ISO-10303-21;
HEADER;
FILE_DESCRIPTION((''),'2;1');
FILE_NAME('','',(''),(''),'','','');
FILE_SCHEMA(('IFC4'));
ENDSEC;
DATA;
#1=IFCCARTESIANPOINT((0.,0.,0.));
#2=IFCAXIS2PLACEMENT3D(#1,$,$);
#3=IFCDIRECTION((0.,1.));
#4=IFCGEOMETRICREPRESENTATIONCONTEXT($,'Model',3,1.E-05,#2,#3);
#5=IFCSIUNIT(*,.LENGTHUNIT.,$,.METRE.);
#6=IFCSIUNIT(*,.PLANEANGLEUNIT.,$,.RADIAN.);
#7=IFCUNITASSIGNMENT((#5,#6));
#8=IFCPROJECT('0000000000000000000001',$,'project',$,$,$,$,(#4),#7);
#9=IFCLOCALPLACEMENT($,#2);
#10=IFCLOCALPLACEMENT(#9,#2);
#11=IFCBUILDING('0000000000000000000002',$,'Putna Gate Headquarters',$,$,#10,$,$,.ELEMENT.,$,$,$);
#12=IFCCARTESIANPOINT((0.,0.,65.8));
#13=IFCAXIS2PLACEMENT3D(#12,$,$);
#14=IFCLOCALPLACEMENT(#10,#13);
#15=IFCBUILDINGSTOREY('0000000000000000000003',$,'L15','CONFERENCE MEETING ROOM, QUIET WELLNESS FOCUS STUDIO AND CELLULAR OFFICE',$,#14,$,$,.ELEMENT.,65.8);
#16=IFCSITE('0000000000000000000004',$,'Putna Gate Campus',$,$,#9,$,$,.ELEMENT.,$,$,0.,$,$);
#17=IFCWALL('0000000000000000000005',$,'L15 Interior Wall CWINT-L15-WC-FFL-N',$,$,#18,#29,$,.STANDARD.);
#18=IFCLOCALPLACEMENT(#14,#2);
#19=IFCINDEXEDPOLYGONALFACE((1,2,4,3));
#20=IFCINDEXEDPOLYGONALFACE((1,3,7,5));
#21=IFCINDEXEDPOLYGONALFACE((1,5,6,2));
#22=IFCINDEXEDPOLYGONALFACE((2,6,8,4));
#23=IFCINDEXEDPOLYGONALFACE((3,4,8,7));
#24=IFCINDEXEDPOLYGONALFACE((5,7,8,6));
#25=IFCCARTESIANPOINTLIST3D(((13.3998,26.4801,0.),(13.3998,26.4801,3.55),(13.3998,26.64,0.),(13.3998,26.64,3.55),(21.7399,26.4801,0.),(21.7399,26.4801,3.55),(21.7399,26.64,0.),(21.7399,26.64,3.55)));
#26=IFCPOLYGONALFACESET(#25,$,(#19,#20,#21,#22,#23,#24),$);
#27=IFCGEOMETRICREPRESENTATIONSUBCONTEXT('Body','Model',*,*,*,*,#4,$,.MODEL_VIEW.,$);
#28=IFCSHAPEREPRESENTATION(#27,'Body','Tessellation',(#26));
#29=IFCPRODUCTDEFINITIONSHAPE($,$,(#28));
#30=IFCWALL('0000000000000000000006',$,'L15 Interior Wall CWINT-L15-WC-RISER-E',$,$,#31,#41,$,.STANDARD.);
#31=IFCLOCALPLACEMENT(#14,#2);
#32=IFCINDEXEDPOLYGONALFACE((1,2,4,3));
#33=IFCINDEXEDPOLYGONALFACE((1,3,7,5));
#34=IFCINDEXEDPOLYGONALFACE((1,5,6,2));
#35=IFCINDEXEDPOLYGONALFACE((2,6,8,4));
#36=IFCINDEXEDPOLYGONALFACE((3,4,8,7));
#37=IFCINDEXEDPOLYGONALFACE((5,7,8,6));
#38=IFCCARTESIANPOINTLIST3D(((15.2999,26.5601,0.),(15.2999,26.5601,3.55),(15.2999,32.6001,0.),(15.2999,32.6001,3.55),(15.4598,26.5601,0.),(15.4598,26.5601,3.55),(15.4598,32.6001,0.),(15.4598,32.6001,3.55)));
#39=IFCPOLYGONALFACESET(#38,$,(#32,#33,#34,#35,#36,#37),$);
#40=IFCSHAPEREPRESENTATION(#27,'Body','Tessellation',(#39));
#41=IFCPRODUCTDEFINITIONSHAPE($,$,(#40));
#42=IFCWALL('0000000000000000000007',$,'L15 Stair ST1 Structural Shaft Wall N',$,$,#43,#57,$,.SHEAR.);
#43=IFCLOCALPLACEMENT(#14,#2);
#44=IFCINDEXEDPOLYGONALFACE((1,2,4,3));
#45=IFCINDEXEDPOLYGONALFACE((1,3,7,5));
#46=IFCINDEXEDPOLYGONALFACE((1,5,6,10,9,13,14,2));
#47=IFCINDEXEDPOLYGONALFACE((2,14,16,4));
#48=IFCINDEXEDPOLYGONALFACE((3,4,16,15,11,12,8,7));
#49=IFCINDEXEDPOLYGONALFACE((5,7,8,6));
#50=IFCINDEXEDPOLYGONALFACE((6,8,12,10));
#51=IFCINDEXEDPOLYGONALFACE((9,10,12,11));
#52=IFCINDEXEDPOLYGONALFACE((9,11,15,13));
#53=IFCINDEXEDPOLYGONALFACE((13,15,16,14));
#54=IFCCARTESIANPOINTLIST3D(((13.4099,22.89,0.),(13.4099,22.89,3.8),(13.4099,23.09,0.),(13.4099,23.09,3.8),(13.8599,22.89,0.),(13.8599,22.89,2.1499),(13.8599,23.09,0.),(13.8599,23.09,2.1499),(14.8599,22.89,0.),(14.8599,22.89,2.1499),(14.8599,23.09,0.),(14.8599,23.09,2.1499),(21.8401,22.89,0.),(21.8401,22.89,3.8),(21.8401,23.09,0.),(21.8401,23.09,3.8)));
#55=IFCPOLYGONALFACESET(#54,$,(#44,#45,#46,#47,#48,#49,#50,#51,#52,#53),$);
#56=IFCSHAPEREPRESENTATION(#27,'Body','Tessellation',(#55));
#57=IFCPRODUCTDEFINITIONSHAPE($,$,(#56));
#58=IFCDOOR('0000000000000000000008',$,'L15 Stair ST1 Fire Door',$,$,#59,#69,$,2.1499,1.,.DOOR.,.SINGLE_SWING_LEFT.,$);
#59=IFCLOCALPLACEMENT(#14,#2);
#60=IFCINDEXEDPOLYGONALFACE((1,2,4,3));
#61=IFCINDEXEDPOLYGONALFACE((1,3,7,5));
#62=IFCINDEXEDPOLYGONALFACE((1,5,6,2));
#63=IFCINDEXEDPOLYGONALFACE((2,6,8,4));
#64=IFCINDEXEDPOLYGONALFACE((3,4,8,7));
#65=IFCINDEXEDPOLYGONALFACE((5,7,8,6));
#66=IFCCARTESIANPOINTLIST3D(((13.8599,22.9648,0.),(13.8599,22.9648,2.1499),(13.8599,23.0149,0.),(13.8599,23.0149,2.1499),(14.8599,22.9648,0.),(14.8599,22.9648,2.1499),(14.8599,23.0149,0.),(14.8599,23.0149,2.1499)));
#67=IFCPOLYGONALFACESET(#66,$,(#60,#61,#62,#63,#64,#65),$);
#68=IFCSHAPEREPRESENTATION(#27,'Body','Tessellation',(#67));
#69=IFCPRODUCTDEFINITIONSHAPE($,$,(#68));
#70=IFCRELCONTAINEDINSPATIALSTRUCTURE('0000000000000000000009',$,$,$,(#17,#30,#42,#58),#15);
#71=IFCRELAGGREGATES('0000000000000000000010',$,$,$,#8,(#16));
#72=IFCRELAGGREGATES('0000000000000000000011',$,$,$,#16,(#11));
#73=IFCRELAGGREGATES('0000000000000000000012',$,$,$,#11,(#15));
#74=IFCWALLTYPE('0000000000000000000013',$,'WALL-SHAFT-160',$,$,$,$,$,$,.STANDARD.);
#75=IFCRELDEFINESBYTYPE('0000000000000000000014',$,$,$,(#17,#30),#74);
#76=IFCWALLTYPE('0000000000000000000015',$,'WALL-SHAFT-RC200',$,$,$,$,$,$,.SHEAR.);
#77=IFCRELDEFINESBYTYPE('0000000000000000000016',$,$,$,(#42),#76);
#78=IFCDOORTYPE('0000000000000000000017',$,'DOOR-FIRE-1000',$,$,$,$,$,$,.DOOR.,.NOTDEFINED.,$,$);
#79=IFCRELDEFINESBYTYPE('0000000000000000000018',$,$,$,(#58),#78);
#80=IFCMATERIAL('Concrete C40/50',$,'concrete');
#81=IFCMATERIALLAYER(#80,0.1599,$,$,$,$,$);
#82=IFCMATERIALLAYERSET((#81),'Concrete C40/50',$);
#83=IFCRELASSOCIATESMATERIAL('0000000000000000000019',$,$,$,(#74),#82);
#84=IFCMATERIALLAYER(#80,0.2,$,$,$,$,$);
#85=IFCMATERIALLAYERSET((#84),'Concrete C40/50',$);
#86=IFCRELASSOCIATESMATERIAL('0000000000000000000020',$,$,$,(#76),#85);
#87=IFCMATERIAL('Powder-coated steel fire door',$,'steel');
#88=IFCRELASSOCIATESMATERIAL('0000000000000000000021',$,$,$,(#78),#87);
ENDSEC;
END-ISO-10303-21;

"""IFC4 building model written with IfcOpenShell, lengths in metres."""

from ifc_helpers import new_model, si_unit, direction, frame, frame_2d, origin, place, context, subcontext, project, spatial, rectangle, extrude, material, layer, layer_set, type_object, element, fill, save


model = new_model("IFC4")

# Units and contexts
model_context = context("Model", 3, precision=1e-05, world=origin(), true_north=direction((0.0, 1.0)))
body_context = subcontext(model_context, "Body", "Model", "MODEL_VIEW")
ifc_project = project(units=[si_unit("LENGTHUNIT", "METRE"), si_unit("PLANEANGLEUNIT", "RADIAN")], contexts=[model_context])

# Site, building, storey
site_placement = place(None, origin())
site = spatial("IfcSite", under=ifc_project, at=site_placement, Name="Putna Gate Campus", CompositionType="ELEMENT", RefElevation=0.0)
building_placement = place(site_placement, origin())
building = spatial("IfcBuilding", under=site, at=building_placement, Name="Putna Gate Headquarters", CompositionType="ELEMENT")
storey_placement = place(building_placement, frame((0.0, 0.0, 65.8)))
storey = spatial("IfcBuildingStorey", under=building, at=storey_placement, Name="L15", Description="CONFERENCE MEETING ROOM, QUIET WELLNESS FOCUS STUDIO AND CELLULAR OFFICE", CompositionType="ELEMENT", Elevation=65.8)

# Walls
ifc_material_1 = material(Name="Concrete C40/50", Category="concrete")
ifc_layer_1 = layer(ifc_material_1, 0.1599)
ifc_layer_set_1 = layer_set([ifc_layer_1], Name="Concrete C40/50")
wall_type_1 = type_object("IfcWallType", Name="WALL-SHAFT-160", PredefinedType="STANDARD", material=ifc_layer_set_1)
wall_1_placement = place(storey_placement, frame((13.3999, 26.5601, 0.0), z_axis=(0.0, 0.0, 1.0), x_axis=(1.0, 0.0, 0.0)))
element("IfcWall", 1, at=wall_1_placement, inside=storey, type_object=wall_type_1, Name="L15 Interior Wall CWINT-L15-WC-FFL-N", PredefinedType="STANDARD", context=body_context, shape_type="SweptSolid", body=[
    extrude(rectangle(XDim=8.3401, YDim=0.1599, at=frame_2d((4.1699, 0.0))), origin(), (0.0, 0.0, 1.0), 3.55),
])
wall_2_placement = place(storey_placement, frame((15.3799, 26.5601, 0.0), z_axis=(0.0, 0.0, 1.0), x_axis=(0.0, 1.0, 0.0)))
element("IfcWall", 2, at=wall_2_placement, inside=storey, type_object=wall_type_1, Name="L15 Interior Wall CWINT-L15-WC-RISER-E", PredefinedType="STANDARD", context=body_context, shape_type="SweptSolid", body=[
    extrude(rectangle(XDim=6.04, YDim=0.1599, at=frame_2d((3.02, 0.0))), origin(), (0.0, 0.0, 1.0), 3.55),
])

# Wall, opening, door
ifc_layer_2 = layer(ifc_material_1, 0.2)
ifc_layer_set_2 = layer_set([ifc_layer_2], Name="Concrete C40/50")
wall_type_2 = type_object("IfcWallType", Name="WALL-SHAFT-RC200", PredefinedType="SHEAR", material=ifc_layer_set_2)
wall_3_placement = place(storey_placement, frame((13.4099, 22.99, 0.0), z_axis=(0.0, 0.0, 1.0), x_axis=(1.0, 0.0, 0.0)))
wall_3 = element("IfcWall", 3, at=wall_3_placement, inside=storey, type_object=wall_type_2, Name="L15 Stair ST1 Structural Shaft Wall N", PredefinedType="SHEAR", context=body_context, shape_type="SweptSolid", body=[
    extrude(rectangle(XDim=8.4302, YDim=0.2, at=frame_2d((4.2151, 0.0))), origin(), (0.0, 0.0, 1.0), 3.8),
])
opening_1_placement = place(wall_3_placement, frame((0.45, 0.0, 0.0)))
opening_1 = element("IfcOpeningElement", 4, at=opening_1_placement, cuts=wall_3, PredefinedType="OPENING", context=body_context, shape_type="SweptSolid", body=[
    extrude(rectangle(XDim=1.0, YDim=2.1499, at=frame_2d((0.5, 1.075))), frame((0.0, 0.1099, 0.0), z_axis=(0.0, -1.0, 0.0), x_axis=(1.0, 0.0, 0.0)), (0.0, 0.0, 1.0), 0.22),
])
ifc_material_2 = material(Name="Powder-coated steel fire door", Category="steel")
door_type_1 = type_object("IfcDoorType", Name="DOOR-FIRE-1000", OperationType="NOTDEFINED", PredefinedType="DOOR", material=ifc_material_2)
door_1_placement = place(opening_1_placement, origin())
door_1 = element("IfcDoor", 5, at=door_1_placement, inside=storey, type_object=door_type_1, Name="L15 Stair ST1 Fire Door", OperationType="SINGLE_SWING_LEFT", OverallHeight=2.1499, OverallWidth=1.0, PredefinedType="DOOR", context=body_context, shape_type="SweptSolid", body=[
    extrude(rectangle(XDim=1.0, YDim=2.1499, at=frame_2d((0.5, 1.075))), frame((0.0, 0.0249, 0.0), z_axis=(0.0, -1.0, 0.0), x_axis=(1.0, 0.0, 0.0)), (0.0, 0.0, 1.0), 0.05),
])
fill(opening_1, door_1)

save(model, "model.ifc")
